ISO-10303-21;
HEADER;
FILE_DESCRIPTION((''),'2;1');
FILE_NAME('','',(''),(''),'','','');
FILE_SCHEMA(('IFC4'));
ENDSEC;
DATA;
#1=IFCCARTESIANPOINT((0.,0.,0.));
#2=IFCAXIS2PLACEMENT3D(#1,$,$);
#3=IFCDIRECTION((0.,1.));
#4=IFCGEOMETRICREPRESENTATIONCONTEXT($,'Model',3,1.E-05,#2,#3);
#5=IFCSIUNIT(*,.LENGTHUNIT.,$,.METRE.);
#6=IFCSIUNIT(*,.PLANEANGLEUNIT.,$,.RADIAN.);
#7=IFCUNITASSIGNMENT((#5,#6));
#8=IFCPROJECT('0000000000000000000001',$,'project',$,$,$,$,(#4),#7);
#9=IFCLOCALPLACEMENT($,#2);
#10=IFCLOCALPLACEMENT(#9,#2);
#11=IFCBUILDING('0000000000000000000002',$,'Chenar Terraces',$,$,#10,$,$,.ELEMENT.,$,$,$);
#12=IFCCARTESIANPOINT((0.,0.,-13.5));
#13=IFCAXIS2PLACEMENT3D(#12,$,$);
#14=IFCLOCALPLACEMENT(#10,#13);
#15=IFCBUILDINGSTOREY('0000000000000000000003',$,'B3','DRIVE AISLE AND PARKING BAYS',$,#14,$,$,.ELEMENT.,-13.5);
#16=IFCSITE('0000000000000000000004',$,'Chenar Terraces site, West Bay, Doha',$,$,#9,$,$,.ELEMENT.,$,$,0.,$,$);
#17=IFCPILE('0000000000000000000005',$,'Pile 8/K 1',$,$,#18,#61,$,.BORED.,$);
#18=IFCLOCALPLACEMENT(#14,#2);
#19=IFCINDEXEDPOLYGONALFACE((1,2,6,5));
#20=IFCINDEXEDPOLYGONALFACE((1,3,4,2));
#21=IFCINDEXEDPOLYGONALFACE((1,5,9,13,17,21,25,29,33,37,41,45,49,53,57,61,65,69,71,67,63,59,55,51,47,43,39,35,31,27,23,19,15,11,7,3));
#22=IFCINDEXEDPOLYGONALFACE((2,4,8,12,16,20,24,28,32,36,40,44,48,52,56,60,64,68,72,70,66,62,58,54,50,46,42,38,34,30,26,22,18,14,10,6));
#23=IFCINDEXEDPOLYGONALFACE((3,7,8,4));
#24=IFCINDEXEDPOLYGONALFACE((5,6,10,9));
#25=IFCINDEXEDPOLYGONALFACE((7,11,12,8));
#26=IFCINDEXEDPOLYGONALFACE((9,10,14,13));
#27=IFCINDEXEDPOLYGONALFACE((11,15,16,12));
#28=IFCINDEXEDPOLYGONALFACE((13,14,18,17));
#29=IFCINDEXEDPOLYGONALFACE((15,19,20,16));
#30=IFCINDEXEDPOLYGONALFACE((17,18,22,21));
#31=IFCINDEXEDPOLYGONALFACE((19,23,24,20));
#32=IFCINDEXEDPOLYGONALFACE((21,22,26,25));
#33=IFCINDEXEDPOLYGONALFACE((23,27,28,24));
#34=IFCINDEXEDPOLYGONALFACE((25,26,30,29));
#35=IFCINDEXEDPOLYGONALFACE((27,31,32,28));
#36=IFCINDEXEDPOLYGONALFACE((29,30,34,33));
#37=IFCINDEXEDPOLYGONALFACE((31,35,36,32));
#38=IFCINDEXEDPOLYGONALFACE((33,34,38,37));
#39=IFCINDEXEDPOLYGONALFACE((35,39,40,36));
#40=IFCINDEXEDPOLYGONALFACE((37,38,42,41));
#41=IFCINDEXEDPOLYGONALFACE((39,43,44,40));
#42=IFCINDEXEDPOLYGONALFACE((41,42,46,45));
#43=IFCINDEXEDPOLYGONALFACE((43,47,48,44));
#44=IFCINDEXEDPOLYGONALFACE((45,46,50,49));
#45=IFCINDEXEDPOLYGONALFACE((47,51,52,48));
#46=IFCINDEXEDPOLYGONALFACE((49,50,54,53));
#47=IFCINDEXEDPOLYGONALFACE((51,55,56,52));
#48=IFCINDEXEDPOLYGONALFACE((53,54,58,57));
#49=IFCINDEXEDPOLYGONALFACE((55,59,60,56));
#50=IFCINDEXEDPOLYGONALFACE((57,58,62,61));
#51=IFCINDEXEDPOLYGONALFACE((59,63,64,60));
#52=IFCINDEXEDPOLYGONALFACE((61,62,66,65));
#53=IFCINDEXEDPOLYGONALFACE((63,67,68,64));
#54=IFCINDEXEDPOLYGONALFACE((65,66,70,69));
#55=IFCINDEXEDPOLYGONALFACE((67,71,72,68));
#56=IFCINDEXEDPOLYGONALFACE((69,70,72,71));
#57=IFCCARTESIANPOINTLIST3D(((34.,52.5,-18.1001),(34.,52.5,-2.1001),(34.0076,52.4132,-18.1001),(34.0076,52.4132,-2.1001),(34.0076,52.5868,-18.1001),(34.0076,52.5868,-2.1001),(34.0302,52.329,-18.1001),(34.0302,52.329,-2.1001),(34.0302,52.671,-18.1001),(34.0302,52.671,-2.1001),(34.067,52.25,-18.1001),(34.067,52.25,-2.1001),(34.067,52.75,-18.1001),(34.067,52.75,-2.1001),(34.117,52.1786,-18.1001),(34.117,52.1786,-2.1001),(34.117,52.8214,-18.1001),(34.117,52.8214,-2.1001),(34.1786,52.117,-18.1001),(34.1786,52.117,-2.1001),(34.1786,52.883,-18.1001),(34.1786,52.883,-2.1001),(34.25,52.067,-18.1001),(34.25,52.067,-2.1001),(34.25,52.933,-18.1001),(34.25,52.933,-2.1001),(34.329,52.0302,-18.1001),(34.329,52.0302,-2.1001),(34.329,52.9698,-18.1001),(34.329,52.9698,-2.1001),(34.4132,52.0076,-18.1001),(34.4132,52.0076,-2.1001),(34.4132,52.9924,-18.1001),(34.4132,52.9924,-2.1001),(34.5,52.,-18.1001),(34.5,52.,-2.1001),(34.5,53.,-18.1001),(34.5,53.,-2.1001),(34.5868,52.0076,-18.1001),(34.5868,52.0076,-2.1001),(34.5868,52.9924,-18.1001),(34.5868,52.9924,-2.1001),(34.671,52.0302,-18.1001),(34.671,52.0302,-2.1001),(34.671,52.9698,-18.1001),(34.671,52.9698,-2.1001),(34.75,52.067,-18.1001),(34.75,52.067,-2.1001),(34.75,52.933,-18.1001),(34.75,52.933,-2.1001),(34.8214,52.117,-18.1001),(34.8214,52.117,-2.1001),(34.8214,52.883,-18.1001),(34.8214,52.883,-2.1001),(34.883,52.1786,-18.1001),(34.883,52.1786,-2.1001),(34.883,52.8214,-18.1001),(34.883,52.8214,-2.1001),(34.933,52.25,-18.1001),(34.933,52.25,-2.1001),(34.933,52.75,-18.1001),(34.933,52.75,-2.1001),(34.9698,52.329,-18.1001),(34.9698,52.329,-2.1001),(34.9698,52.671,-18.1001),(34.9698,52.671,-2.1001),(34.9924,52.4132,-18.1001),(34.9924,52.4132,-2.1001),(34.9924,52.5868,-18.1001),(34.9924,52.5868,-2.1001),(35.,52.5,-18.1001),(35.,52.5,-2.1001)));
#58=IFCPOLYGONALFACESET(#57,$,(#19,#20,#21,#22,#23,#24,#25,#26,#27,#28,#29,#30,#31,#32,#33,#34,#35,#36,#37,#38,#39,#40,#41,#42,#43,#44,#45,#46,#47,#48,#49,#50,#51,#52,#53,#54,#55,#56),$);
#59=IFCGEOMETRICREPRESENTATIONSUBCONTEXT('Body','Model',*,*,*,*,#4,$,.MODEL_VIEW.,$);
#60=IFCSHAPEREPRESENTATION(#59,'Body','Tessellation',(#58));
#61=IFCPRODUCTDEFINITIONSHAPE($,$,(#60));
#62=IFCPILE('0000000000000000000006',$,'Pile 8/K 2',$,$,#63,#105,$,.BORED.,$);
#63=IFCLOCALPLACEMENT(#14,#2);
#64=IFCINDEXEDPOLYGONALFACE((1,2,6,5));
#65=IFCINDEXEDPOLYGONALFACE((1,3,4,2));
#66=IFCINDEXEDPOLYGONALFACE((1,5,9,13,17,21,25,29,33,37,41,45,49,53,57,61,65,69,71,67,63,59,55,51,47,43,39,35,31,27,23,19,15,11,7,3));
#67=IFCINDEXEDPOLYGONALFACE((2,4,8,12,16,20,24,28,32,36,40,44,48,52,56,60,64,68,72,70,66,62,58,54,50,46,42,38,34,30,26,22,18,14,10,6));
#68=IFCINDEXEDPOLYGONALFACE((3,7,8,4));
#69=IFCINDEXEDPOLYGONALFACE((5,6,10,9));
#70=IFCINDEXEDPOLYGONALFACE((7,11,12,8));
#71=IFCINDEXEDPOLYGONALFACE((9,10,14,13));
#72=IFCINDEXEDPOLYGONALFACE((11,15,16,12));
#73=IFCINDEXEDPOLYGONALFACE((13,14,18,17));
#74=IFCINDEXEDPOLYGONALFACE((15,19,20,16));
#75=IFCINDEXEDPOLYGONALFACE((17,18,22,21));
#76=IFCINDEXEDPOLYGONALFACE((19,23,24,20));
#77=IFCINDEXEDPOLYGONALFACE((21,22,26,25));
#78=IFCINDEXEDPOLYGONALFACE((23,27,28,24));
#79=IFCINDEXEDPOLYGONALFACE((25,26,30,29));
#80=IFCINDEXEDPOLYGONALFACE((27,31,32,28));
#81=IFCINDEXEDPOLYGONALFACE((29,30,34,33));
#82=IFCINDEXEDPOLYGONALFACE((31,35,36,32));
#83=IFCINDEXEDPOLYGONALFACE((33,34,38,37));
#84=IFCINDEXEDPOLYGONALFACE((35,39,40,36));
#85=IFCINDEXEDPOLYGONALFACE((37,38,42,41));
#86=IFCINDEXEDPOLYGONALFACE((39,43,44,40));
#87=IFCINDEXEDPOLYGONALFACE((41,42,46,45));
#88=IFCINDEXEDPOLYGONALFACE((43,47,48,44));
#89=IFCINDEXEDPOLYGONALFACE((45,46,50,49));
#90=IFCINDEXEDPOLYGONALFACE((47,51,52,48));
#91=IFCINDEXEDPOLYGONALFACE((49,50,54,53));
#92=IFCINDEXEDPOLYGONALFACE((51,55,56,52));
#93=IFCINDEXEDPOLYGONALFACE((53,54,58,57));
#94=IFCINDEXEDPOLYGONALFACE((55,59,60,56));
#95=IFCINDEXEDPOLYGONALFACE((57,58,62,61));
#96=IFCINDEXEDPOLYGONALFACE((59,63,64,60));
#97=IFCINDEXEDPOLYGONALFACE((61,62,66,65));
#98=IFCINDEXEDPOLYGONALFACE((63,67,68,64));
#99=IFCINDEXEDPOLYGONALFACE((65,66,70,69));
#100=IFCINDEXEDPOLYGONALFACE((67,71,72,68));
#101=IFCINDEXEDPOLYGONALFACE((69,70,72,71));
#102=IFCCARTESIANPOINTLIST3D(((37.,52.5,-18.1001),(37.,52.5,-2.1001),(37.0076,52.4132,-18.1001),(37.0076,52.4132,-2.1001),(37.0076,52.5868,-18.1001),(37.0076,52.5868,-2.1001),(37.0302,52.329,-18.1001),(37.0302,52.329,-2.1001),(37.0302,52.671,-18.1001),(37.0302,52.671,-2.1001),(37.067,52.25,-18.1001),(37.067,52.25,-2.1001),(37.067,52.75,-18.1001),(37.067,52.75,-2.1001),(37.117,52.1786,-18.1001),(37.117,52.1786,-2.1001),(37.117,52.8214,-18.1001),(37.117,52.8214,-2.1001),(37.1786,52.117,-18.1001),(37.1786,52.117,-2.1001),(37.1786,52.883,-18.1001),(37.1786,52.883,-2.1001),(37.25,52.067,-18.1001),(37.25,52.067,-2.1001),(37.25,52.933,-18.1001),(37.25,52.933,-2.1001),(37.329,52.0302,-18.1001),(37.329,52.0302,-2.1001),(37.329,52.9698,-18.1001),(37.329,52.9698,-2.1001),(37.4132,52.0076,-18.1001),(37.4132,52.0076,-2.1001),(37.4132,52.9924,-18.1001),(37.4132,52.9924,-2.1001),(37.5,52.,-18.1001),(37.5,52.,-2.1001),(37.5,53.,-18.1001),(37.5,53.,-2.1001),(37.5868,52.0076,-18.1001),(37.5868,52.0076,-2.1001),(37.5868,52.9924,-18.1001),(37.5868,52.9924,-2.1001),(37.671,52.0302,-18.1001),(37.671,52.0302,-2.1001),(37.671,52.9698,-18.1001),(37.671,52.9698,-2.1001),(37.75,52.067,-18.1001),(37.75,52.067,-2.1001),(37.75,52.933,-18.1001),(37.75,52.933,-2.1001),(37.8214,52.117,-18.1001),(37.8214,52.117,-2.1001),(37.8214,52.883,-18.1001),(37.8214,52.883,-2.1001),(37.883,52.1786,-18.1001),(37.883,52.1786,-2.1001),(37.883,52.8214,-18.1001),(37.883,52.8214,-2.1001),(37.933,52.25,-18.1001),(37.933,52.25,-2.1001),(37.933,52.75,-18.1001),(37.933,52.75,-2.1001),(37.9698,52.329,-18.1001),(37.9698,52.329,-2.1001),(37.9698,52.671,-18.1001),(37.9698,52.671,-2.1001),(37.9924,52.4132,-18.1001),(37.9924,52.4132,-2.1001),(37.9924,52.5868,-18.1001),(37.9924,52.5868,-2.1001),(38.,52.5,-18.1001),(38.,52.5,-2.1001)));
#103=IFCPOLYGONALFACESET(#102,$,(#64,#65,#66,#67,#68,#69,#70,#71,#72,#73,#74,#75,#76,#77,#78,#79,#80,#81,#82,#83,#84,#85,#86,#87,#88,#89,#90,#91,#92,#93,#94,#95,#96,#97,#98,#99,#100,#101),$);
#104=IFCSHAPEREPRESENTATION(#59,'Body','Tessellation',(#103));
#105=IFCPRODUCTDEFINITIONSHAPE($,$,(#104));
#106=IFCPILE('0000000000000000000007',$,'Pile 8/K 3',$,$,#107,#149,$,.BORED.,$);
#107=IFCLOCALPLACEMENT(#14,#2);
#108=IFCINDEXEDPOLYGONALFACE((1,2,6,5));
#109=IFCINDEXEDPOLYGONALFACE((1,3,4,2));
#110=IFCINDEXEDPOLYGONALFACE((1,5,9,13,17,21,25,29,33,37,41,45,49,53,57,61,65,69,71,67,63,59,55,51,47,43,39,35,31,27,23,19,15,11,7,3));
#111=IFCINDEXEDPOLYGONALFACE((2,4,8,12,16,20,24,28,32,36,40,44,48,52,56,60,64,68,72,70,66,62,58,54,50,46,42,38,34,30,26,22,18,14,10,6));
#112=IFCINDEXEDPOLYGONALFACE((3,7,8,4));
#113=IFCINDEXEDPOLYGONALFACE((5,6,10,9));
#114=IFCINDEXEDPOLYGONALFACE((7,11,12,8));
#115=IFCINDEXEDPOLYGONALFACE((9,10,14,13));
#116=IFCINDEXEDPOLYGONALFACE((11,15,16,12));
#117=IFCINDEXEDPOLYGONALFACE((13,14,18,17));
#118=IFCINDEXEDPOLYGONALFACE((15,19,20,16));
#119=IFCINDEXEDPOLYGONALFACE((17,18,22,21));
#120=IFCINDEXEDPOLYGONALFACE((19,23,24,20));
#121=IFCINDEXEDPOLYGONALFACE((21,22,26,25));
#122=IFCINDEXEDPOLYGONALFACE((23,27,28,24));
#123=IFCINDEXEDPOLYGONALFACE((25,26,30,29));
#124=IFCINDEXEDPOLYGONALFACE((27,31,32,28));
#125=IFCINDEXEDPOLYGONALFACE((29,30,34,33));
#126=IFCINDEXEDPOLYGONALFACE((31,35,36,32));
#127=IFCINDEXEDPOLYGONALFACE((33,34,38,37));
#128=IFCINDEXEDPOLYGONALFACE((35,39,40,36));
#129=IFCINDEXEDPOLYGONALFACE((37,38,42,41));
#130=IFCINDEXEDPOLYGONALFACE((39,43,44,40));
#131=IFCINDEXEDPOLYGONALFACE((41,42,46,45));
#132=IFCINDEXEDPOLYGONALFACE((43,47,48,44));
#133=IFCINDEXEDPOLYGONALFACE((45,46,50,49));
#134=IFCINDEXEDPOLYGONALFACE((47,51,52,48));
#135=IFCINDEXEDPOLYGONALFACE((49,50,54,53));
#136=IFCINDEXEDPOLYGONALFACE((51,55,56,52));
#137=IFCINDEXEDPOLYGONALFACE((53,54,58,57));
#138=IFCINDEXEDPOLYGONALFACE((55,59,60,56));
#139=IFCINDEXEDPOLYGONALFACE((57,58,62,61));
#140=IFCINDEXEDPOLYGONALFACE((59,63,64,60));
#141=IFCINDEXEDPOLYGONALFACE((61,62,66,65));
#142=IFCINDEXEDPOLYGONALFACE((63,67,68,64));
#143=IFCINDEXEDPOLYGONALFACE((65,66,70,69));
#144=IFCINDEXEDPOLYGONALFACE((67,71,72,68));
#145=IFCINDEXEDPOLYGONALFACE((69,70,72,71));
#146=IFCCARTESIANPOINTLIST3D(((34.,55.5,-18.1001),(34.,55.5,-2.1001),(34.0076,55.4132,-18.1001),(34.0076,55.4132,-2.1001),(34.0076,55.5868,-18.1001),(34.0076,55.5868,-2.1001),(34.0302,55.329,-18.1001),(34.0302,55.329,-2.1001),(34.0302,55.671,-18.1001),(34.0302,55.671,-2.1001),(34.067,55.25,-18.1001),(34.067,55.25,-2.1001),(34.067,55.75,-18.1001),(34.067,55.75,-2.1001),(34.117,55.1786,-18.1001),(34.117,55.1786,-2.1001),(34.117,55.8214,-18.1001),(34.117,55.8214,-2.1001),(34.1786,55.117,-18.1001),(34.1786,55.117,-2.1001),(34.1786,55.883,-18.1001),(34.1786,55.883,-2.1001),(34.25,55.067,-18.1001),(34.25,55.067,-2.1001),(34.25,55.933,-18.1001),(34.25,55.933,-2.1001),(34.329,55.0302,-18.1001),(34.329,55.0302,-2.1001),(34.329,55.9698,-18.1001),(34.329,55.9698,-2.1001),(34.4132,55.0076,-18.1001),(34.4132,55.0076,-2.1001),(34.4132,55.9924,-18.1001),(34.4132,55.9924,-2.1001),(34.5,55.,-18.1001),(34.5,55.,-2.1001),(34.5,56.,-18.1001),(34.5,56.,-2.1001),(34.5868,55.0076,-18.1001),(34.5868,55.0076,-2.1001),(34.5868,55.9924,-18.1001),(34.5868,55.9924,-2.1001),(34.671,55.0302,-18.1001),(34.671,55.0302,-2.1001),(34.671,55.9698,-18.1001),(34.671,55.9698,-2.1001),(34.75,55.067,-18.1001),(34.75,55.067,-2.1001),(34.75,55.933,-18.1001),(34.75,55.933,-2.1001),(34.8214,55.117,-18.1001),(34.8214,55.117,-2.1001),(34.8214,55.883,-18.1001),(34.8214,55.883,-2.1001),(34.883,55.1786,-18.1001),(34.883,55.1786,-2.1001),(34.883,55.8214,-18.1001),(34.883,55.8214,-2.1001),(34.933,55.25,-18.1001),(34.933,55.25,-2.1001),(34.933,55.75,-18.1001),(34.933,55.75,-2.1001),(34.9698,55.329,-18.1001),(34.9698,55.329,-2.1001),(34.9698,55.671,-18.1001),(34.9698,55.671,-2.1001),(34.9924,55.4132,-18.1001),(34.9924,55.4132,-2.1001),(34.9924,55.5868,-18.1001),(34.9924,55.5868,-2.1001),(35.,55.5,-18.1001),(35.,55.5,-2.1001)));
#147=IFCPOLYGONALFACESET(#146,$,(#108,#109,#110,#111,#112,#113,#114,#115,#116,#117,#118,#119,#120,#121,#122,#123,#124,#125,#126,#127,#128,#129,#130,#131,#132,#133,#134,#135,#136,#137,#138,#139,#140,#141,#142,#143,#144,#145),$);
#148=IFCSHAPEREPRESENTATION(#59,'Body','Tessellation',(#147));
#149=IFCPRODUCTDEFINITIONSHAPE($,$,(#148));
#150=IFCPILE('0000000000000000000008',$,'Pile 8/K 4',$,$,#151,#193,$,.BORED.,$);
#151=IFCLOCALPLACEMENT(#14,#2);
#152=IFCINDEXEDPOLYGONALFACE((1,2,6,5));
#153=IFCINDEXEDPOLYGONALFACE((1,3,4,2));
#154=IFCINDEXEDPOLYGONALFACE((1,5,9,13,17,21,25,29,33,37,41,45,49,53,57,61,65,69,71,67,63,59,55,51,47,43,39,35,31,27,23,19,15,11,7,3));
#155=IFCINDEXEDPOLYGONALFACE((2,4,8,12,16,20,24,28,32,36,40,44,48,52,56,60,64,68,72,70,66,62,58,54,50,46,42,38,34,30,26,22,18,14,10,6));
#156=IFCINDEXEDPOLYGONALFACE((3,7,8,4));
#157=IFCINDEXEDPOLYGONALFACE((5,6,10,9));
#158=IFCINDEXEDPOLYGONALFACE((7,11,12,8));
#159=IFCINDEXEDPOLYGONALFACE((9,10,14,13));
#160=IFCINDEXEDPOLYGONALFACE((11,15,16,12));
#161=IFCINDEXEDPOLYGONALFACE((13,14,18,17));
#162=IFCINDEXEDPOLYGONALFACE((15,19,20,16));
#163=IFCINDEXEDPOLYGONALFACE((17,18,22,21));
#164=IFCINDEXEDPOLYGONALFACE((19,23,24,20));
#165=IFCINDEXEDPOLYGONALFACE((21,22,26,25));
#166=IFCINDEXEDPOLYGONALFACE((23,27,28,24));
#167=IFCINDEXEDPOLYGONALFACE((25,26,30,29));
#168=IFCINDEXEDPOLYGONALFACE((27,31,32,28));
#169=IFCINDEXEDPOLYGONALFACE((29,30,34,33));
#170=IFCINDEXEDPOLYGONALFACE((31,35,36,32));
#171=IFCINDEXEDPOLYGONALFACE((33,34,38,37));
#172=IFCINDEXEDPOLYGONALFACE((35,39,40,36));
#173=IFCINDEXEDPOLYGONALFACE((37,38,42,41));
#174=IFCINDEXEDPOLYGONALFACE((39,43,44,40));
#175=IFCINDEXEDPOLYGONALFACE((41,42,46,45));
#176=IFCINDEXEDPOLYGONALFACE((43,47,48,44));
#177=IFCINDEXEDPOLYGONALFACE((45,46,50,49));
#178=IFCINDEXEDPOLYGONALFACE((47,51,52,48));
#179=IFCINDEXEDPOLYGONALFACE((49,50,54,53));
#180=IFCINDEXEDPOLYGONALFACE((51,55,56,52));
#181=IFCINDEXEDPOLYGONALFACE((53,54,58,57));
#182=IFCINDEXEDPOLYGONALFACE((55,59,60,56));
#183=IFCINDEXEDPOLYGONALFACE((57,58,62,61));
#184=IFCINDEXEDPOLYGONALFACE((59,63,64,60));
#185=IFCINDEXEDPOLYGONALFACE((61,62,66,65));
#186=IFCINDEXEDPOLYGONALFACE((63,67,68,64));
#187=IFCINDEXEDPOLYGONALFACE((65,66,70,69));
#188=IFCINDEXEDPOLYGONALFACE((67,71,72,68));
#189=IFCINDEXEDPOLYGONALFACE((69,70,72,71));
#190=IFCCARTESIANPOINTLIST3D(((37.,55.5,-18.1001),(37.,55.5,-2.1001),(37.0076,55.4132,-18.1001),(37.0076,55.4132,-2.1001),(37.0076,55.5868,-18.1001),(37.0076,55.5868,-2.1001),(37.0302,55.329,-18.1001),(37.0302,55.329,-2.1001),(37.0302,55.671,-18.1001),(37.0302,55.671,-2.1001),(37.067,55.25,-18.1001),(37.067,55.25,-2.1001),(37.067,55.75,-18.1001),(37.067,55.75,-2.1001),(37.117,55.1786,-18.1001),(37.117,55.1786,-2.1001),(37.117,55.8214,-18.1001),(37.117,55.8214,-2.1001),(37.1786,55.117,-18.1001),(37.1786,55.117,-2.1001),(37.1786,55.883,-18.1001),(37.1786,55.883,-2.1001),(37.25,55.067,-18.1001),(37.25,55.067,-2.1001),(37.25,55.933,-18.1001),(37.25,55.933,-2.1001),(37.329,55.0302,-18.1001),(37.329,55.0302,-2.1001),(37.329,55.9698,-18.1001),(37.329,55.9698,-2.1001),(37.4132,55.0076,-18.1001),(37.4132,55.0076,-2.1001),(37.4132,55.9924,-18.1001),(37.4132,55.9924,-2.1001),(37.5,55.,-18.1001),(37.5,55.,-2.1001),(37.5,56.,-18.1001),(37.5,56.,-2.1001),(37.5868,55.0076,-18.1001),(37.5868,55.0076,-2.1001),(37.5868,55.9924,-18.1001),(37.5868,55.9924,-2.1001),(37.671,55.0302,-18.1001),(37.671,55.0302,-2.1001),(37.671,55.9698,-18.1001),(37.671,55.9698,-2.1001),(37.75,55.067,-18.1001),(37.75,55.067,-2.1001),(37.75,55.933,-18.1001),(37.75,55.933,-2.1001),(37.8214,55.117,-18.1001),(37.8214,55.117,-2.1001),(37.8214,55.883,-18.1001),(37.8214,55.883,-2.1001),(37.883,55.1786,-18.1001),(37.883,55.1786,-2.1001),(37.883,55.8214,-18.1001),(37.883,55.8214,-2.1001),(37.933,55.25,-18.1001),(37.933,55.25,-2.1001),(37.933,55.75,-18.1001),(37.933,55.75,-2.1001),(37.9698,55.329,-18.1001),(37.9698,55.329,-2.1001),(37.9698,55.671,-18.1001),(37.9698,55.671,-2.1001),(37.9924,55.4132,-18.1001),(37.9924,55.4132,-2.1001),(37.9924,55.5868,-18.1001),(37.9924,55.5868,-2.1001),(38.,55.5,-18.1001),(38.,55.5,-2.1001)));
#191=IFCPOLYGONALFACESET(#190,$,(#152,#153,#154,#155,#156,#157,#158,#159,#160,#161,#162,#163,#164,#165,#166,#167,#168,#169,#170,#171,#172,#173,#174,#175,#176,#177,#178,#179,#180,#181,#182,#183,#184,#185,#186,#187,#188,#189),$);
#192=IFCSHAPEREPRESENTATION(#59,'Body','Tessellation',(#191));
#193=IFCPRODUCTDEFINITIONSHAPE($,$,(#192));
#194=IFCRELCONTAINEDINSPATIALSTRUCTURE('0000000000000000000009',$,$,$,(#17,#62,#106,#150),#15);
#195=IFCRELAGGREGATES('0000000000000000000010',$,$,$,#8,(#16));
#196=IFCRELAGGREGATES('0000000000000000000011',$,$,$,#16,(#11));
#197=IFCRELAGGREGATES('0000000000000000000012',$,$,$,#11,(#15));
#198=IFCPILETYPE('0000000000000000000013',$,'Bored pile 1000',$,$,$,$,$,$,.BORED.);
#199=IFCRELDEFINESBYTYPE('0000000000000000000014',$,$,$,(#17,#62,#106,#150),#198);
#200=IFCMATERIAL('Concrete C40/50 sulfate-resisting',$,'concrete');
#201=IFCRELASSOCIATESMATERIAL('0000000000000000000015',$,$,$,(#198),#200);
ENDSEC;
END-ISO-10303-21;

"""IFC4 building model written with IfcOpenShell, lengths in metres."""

from ifc_helpers import new_model, si_unit, direction, frame, origin, origin_2d, place, context, subcontext, project, spatial, circle, extrude, material, material_profile, profile_set, type_object, element, save


model = new_model("IFC4")

# Units and contexts
model_context = context("Model", 3, precision=1e-05, world=origin(), true_north=direction((0.0, 1.0)))
body_context = subcontext(model_context, "Body", "Model", "MODEL_VIEW")
ifc_project = project(units=[si_unit("LENGTHUNIT", "METRE"), si_unit("PLANEANGLEUNIT", "RADIAN")], contexts=[model_context])

# Site, building, storey
site_placement = place(None, origin())
site = spatial("IfcSite", under=ifc_project, at=site_placement, Name="Chenar Terraces site, West Bay, Doha", CompositionType="ELEMENT", RefElevation=0.0)
building_placement = place(site_placement, origin())
building = spatial("IfcBuilding", under=site, at=building_placement, Name="Chenar Terraces", CompositionType="ELEMENT")
storey_placement = place(building_placement, frame((0.0, 0.0, -13.5)))
storey = spatial("IfcBuildingStorey", under=building, at=storey_placement, Name="B3", Description="DRIVE AISLE AND PARKING BAYS", CompositionType="ELEMENT", Elevation=-13.5)

# Piles
ifc_material_1 = material(Name="Concrete C40/50 sulfate-resisting", Category="concrete")
ifc_material_profile_1 = material_profile(ifc_material_1, circle(Radius=0.5, at=origin_2d()), Name="BP 1000")
ifc_profile_set_1 = profile_set([ifc_material_profile_1], Name="Concrete C40/50 sulfate-resisting")
pile_type_1 = type_object("IfcPileType", Name="Bored pile 1000", PredefinedType="BORED", material=ifc_profile_set_1)
for number, where, z_axis, x_axis, name in (
    (1, (34.5, 52.5, -2.1001), (0.0, 0.0, -1.0), (1.0, 0.0, 0.0), "Pile 8/K 1"),
    (2, (37.5, 52.5, -2.1001), (0.0, 0.0, -1.0), (1.0, 0.0, 0.0), "Pile 8/K 2"),
    (3, (34.5, 55.5, -2.1001), (0.0, 0.0, -1.0), (1.0, 0.0, 0.0), "Pile 8/K 3"),
    (4, (37.5, 55.5, -2.1001), (0.0, 0.0, -1.0), (1.0, 0.0, 0.0), "Pile 8/K 4"),
):
    element("IfcPile", number, at=place(storey_placement, frame(where, z_axis=z_axis, x_axis=x_axis)), inside=storey, type_object=pile_type_1, Name=name, PredefinedType="BORED", context=body_context, shape_type="SweptSolid", body=[
        extrude(circle(Radius=0.5, at=origin_2d()), origin(), (0.0, 0.0, 1.0), 16.0),
    ])

save(model, "model.ifc")
